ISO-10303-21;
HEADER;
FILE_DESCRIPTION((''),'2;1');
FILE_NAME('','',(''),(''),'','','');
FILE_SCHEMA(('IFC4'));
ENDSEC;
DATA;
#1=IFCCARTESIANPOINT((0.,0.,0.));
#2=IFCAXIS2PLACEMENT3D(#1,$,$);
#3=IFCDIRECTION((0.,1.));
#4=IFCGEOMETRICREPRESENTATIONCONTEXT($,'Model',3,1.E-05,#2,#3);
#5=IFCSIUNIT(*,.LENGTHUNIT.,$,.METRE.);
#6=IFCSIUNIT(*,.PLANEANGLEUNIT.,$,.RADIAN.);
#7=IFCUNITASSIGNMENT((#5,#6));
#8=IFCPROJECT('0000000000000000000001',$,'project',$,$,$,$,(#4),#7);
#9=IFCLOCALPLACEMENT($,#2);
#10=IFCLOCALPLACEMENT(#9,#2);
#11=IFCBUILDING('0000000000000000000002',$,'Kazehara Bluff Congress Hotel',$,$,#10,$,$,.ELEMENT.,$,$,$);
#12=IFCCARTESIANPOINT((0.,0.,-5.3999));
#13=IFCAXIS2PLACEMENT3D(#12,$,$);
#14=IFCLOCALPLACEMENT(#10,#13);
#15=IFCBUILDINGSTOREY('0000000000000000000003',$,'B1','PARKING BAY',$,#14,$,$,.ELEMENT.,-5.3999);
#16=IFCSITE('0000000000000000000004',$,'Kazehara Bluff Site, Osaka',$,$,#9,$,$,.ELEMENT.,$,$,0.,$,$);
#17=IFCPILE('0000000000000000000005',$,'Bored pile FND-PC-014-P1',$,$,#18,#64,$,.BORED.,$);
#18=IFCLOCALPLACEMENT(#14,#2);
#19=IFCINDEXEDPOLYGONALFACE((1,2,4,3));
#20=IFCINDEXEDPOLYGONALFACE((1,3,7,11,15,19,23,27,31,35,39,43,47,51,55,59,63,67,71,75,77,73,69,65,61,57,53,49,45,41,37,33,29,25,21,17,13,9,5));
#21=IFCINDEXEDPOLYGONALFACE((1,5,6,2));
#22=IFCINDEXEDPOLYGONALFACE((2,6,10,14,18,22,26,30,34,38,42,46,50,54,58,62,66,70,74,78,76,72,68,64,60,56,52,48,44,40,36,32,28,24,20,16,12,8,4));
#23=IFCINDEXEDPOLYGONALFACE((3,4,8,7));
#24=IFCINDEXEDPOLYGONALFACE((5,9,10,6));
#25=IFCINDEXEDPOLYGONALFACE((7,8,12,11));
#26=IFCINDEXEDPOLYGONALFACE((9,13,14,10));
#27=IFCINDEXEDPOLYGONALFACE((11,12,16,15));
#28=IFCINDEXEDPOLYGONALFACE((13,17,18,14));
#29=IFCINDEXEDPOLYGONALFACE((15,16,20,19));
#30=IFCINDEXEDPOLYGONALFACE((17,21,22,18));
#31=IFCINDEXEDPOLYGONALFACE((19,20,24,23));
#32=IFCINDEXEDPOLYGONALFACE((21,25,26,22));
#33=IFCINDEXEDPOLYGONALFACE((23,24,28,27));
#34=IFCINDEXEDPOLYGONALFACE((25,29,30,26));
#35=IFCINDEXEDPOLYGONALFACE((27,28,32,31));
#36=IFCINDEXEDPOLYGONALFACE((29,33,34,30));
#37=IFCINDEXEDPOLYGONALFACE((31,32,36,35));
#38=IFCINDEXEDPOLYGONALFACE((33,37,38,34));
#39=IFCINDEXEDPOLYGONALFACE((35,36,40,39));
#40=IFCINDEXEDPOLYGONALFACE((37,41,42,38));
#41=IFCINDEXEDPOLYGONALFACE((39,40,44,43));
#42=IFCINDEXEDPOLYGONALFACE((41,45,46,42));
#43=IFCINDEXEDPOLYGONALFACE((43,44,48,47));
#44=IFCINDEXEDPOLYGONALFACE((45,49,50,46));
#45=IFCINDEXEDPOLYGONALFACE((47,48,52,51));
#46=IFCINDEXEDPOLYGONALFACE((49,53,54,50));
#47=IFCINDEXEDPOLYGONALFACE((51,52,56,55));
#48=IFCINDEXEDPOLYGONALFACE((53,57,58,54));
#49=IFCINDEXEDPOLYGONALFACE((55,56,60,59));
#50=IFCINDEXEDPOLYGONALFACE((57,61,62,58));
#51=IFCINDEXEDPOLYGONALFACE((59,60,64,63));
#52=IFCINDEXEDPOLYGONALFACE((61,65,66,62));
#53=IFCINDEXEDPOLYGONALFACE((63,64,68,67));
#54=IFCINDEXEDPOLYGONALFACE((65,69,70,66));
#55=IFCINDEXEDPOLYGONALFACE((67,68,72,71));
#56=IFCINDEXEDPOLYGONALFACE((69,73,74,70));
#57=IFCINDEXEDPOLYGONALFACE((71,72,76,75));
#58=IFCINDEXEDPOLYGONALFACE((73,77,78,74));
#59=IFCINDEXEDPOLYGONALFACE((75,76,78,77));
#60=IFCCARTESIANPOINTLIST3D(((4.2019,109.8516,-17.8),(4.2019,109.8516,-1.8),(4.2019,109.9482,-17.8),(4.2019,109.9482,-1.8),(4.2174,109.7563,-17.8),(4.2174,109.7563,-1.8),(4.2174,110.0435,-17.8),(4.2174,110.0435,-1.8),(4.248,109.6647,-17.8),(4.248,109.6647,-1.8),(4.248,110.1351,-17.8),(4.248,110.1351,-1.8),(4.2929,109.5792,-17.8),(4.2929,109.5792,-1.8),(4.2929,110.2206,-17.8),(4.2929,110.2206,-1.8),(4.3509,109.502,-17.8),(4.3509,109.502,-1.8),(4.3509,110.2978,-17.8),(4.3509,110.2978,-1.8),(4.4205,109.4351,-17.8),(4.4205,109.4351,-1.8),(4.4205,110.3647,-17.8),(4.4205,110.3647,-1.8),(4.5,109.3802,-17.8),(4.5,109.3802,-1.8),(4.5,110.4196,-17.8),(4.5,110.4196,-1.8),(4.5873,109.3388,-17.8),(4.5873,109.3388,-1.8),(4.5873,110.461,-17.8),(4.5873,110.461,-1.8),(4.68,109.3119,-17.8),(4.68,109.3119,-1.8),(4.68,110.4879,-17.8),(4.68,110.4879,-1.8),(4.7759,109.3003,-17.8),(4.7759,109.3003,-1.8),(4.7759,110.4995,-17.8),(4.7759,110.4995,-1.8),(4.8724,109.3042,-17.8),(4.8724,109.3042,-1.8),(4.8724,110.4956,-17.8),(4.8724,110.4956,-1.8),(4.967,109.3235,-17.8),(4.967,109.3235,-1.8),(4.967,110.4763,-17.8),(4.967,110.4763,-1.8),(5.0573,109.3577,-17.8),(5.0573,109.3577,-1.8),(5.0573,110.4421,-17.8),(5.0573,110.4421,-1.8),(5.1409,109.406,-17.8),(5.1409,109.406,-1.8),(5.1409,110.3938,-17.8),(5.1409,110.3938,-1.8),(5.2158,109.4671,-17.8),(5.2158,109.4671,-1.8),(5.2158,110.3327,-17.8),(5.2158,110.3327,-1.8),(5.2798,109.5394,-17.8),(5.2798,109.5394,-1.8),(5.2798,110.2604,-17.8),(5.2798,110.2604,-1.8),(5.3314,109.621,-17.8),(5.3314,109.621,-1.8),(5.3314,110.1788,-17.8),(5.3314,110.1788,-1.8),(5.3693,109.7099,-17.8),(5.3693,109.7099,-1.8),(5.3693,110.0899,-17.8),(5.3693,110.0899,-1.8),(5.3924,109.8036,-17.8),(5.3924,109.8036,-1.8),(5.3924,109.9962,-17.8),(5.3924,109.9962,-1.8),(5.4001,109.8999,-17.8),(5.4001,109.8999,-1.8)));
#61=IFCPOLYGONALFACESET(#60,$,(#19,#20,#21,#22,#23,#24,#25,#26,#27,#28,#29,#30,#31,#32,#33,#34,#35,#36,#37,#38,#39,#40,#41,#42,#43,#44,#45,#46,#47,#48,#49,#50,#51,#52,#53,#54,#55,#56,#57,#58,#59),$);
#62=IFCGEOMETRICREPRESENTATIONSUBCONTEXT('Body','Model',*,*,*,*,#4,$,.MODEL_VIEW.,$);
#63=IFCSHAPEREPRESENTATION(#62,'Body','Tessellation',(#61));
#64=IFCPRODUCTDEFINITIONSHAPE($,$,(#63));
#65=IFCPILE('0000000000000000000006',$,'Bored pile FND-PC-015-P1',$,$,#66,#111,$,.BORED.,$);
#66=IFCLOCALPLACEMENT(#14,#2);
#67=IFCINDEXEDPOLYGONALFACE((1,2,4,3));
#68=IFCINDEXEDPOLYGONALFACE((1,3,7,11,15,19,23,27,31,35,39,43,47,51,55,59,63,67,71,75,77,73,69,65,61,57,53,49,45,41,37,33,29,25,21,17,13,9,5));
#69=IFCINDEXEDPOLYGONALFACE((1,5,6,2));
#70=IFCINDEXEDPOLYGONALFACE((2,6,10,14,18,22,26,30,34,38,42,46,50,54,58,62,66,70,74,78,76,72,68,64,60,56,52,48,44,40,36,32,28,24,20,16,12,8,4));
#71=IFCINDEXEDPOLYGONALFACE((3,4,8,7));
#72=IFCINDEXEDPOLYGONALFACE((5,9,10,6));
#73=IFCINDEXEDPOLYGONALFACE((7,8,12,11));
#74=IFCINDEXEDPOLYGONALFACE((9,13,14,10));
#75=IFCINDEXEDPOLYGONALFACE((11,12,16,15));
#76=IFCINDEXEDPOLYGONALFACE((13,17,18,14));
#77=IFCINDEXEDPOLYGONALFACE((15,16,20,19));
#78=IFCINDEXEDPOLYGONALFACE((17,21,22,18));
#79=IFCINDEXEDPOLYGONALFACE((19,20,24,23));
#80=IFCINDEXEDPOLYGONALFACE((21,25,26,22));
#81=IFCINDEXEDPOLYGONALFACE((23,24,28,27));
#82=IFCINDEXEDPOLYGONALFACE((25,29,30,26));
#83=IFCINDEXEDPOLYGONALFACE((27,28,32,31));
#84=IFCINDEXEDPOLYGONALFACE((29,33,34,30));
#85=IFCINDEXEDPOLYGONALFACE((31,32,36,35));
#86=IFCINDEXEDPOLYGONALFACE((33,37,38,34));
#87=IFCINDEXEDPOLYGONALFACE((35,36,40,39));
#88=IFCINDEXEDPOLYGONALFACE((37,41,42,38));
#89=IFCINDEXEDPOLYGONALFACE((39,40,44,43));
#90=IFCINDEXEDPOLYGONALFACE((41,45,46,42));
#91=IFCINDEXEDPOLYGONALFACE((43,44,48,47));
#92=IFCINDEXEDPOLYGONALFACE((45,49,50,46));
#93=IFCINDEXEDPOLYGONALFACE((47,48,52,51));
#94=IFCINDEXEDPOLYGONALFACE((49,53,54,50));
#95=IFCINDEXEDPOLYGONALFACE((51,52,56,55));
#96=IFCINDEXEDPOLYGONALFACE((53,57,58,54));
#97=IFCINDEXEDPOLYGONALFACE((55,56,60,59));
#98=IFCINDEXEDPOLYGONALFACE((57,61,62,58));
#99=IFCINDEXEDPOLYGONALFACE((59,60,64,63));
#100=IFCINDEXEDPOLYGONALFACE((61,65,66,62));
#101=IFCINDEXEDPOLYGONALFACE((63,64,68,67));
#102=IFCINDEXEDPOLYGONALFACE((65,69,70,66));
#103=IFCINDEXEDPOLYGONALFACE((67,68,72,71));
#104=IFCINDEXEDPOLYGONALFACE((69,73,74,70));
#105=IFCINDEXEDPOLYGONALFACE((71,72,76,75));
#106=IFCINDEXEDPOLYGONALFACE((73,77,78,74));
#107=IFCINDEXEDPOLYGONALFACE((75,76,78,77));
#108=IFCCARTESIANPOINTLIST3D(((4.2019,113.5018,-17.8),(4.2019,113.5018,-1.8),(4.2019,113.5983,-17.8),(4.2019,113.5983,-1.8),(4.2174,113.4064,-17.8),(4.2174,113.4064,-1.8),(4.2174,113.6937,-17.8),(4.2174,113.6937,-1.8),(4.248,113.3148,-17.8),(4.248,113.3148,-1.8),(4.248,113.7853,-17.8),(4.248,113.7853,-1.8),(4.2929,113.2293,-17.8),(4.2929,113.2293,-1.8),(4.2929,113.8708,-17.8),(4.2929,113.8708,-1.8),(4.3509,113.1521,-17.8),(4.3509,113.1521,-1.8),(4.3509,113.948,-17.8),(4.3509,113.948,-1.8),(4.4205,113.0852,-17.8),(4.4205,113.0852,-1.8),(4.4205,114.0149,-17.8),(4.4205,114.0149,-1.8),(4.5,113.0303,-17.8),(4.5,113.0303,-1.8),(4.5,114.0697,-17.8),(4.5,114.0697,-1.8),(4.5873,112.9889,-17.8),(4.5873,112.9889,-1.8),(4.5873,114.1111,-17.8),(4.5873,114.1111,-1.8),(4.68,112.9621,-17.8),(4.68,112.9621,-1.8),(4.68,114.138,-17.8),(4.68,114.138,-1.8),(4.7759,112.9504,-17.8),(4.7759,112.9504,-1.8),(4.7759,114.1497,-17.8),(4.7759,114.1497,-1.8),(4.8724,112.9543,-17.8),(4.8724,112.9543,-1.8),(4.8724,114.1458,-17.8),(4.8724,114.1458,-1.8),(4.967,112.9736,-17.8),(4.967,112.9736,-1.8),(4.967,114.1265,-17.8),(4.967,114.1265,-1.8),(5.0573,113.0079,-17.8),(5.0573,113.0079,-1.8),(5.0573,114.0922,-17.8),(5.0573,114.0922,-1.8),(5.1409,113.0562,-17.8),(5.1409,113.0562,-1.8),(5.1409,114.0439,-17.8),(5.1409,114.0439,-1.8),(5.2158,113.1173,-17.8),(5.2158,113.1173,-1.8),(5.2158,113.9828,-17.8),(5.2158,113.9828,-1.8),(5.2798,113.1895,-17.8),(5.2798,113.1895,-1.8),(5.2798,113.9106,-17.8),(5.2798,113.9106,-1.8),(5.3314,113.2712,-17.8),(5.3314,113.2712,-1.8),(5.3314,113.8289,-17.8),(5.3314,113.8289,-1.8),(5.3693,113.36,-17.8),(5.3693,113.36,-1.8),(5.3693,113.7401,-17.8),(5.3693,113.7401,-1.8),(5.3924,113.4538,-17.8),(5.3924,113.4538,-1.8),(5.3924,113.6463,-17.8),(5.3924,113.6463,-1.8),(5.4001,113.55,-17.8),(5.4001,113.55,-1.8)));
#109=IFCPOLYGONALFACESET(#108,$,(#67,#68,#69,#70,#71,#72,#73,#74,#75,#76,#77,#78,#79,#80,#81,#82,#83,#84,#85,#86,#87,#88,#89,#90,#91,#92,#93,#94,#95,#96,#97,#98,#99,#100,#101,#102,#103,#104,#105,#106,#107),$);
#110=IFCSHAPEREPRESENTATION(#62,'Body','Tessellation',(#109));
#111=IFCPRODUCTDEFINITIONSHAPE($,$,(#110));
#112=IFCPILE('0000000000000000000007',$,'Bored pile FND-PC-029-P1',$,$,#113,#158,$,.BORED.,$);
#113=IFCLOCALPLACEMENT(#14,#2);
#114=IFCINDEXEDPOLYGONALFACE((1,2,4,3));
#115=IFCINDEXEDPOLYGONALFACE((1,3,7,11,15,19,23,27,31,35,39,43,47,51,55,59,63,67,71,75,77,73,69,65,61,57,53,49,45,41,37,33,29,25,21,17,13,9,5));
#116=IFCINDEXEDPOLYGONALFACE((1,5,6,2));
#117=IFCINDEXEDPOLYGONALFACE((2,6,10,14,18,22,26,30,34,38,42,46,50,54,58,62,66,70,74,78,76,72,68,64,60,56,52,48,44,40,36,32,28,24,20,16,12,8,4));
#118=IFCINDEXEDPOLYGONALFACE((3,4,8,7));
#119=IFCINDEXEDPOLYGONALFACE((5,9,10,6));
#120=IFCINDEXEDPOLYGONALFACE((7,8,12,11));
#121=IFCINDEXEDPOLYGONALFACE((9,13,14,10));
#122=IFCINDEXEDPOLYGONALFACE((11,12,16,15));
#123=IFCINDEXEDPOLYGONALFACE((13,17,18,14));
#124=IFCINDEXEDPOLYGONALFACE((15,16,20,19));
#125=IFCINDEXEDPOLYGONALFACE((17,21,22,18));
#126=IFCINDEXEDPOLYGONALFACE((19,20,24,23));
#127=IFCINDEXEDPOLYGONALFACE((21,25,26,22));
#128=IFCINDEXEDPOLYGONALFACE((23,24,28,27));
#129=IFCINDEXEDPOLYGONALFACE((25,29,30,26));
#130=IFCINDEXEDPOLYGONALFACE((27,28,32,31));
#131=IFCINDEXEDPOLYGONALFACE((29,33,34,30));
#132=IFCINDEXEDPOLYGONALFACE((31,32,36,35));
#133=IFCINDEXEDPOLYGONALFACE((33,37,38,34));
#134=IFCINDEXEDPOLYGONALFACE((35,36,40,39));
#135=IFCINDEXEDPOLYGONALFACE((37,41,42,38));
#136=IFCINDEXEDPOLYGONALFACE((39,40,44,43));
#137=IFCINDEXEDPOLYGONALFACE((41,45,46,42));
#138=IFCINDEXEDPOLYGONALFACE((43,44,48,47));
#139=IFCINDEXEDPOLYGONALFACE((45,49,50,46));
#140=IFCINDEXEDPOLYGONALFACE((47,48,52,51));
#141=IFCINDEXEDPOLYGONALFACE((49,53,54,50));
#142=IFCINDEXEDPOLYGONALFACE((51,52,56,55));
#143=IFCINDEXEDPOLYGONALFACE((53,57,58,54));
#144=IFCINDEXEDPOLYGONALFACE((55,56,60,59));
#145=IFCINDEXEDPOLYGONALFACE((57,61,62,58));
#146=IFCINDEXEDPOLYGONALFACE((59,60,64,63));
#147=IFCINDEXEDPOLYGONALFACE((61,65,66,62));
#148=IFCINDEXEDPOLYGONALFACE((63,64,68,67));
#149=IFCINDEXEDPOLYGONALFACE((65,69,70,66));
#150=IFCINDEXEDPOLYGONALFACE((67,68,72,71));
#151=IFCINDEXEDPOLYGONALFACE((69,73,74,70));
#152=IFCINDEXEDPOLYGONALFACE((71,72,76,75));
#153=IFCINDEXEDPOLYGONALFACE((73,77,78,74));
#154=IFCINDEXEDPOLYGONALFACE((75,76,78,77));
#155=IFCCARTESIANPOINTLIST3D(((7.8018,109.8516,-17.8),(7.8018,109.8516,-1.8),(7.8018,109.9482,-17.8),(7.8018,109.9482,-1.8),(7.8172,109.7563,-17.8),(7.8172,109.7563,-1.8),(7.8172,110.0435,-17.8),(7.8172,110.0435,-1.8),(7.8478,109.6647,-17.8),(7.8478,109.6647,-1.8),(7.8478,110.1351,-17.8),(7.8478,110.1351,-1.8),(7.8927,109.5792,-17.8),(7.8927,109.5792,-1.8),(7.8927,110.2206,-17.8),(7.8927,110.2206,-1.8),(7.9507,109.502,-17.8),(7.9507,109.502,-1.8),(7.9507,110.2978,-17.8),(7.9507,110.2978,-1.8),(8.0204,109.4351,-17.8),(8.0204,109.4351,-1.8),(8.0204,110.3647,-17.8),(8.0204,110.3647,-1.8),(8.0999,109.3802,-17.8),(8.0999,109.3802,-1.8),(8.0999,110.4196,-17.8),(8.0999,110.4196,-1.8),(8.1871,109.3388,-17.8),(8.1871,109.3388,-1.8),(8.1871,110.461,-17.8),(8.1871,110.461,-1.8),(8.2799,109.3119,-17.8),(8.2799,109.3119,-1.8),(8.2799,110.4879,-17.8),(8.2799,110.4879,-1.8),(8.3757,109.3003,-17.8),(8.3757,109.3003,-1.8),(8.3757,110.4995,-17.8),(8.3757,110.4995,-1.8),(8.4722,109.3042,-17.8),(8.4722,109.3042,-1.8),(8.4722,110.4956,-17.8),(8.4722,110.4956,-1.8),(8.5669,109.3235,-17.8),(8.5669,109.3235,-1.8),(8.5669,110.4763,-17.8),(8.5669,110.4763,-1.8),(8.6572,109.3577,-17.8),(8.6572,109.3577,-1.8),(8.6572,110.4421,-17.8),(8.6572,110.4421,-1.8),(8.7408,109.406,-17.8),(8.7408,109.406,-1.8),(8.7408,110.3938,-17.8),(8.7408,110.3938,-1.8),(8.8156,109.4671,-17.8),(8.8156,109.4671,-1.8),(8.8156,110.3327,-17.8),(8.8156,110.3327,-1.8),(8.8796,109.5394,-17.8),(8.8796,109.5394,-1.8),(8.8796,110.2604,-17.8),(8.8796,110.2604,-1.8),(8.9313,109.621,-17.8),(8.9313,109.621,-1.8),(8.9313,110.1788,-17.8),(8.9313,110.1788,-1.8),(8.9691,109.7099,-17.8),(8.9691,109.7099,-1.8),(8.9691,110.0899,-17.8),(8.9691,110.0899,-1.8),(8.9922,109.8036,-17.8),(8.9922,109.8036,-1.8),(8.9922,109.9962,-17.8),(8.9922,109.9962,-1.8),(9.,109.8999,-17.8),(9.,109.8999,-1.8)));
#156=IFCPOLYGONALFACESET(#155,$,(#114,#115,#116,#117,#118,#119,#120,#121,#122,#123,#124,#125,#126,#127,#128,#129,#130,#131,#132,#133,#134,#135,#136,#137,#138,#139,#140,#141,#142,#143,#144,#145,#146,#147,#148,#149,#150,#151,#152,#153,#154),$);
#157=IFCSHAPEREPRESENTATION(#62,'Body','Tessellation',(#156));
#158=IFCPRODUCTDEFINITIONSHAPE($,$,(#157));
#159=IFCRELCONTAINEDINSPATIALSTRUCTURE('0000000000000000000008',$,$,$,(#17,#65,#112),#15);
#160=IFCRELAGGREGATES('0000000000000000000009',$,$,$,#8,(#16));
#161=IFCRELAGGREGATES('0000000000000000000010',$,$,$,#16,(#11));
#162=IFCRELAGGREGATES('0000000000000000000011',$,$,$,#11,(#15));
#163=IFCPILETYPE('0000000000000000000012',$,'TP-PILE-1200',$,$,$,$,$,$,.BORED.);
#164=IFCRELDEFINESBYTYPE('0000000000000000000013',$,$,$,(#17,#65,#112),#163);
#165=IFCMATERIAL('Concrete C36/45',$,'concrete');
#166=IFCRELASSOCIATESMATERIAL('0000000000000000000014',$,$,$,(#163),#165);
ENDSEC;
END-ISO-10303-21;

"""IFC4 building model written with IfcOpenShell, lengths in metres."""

from ifc_helpers import new_model, si_unit, direction, frame, origin, origin_2d, place, context, subcontext, project, spatial, circle, extrude, material, material_profile, profile_set, type_object, element, save


model = new_model("IFC4")

# Units and contexts
model_context = context("Model", 3, precision=1e-05, world=origin(), true_north=direction((0.0, 1.0)))
body_context = subcontext(model_context, "Body", "Model", "MODEL_VIEW")
ifc_project = project(units=[si_unit("LENGTHUNIT", "METRE"), si_unit("PLANEANGLEUNIT", "RADIAN")], contexts=[model_context])

# Site, building, storey
site_placement = place(None, origin())
site = spatial("IfcSite", under=ifc_project, at=site_placement, Name="Kazehara Bluff Site, Osaka", CompositionType="ELEMENT", RefElevation=0.0)
building_placement = place(site_placement, origin())
building = spatial("IfcBuilding", under=site, at=building_placement, Name="Kazehara Bluff Congress Hotel", CompositionType="ELEMENT")
storey_placement = place(building_placement, frame((0.0, 0.0, -5.3999)))
storey = spatial("IfcBuildingStorey", under=building, at=storey_placement, Name="B1", Description="PARKING BAY", CompositionType="ELEMENT", Elevation=-5.3999)

# Piles
ifc_material_1 = material(Name="Concrete C36/45", Category="concrete")
ifc_material_profile_1 = material_profile(ifc_material_1, circle(Radius=0.6001, at=origin_2d()))
ifc_profile_set_1 = profile_set([ifc_material_profile_1], Name="Concrete C36/45")
pile_type = type_object("IfcPileType", Name="TP-PILE-1200", PredefinedType="BORED", material=ifc_profile_set_1)
for number, where, z_axis, x_axis, name in (
    (1, (4.8, 109.8999, -1.8), (0.0, 0.0, -1.0), (1.0, 0.0, 0.0), "Bored pile FND-PC-014-P1"),
    (2, (4.8, 113.55, -1.8), (0.0, 0.0, -1.0), (1.0, 0.0, 0.0), "Bored pile FND-PC-015-P1"),
    (3, (8.3999, 109.8999, -1.8), (0.0, 0.0, -1.0), (1.0, 0.0, 0.0), "Bored pile FND-PC-029-P1"),
):
    element("IfcPile", number, at=place(storey_placement, frame(where, z_axis=z_axis, x_axis=x_axis)), inside=storey, type_object=pile_type, Name=name, PredefinedType="BORED", context=body_context, shape_type="SweptSolid", body=[
        extrude(circle(Radius=0.6001, at=origin_2d()), origin(), (0.0, 0.0, 1.0), 16.0),
    ])

save(model, "model.ifc")
